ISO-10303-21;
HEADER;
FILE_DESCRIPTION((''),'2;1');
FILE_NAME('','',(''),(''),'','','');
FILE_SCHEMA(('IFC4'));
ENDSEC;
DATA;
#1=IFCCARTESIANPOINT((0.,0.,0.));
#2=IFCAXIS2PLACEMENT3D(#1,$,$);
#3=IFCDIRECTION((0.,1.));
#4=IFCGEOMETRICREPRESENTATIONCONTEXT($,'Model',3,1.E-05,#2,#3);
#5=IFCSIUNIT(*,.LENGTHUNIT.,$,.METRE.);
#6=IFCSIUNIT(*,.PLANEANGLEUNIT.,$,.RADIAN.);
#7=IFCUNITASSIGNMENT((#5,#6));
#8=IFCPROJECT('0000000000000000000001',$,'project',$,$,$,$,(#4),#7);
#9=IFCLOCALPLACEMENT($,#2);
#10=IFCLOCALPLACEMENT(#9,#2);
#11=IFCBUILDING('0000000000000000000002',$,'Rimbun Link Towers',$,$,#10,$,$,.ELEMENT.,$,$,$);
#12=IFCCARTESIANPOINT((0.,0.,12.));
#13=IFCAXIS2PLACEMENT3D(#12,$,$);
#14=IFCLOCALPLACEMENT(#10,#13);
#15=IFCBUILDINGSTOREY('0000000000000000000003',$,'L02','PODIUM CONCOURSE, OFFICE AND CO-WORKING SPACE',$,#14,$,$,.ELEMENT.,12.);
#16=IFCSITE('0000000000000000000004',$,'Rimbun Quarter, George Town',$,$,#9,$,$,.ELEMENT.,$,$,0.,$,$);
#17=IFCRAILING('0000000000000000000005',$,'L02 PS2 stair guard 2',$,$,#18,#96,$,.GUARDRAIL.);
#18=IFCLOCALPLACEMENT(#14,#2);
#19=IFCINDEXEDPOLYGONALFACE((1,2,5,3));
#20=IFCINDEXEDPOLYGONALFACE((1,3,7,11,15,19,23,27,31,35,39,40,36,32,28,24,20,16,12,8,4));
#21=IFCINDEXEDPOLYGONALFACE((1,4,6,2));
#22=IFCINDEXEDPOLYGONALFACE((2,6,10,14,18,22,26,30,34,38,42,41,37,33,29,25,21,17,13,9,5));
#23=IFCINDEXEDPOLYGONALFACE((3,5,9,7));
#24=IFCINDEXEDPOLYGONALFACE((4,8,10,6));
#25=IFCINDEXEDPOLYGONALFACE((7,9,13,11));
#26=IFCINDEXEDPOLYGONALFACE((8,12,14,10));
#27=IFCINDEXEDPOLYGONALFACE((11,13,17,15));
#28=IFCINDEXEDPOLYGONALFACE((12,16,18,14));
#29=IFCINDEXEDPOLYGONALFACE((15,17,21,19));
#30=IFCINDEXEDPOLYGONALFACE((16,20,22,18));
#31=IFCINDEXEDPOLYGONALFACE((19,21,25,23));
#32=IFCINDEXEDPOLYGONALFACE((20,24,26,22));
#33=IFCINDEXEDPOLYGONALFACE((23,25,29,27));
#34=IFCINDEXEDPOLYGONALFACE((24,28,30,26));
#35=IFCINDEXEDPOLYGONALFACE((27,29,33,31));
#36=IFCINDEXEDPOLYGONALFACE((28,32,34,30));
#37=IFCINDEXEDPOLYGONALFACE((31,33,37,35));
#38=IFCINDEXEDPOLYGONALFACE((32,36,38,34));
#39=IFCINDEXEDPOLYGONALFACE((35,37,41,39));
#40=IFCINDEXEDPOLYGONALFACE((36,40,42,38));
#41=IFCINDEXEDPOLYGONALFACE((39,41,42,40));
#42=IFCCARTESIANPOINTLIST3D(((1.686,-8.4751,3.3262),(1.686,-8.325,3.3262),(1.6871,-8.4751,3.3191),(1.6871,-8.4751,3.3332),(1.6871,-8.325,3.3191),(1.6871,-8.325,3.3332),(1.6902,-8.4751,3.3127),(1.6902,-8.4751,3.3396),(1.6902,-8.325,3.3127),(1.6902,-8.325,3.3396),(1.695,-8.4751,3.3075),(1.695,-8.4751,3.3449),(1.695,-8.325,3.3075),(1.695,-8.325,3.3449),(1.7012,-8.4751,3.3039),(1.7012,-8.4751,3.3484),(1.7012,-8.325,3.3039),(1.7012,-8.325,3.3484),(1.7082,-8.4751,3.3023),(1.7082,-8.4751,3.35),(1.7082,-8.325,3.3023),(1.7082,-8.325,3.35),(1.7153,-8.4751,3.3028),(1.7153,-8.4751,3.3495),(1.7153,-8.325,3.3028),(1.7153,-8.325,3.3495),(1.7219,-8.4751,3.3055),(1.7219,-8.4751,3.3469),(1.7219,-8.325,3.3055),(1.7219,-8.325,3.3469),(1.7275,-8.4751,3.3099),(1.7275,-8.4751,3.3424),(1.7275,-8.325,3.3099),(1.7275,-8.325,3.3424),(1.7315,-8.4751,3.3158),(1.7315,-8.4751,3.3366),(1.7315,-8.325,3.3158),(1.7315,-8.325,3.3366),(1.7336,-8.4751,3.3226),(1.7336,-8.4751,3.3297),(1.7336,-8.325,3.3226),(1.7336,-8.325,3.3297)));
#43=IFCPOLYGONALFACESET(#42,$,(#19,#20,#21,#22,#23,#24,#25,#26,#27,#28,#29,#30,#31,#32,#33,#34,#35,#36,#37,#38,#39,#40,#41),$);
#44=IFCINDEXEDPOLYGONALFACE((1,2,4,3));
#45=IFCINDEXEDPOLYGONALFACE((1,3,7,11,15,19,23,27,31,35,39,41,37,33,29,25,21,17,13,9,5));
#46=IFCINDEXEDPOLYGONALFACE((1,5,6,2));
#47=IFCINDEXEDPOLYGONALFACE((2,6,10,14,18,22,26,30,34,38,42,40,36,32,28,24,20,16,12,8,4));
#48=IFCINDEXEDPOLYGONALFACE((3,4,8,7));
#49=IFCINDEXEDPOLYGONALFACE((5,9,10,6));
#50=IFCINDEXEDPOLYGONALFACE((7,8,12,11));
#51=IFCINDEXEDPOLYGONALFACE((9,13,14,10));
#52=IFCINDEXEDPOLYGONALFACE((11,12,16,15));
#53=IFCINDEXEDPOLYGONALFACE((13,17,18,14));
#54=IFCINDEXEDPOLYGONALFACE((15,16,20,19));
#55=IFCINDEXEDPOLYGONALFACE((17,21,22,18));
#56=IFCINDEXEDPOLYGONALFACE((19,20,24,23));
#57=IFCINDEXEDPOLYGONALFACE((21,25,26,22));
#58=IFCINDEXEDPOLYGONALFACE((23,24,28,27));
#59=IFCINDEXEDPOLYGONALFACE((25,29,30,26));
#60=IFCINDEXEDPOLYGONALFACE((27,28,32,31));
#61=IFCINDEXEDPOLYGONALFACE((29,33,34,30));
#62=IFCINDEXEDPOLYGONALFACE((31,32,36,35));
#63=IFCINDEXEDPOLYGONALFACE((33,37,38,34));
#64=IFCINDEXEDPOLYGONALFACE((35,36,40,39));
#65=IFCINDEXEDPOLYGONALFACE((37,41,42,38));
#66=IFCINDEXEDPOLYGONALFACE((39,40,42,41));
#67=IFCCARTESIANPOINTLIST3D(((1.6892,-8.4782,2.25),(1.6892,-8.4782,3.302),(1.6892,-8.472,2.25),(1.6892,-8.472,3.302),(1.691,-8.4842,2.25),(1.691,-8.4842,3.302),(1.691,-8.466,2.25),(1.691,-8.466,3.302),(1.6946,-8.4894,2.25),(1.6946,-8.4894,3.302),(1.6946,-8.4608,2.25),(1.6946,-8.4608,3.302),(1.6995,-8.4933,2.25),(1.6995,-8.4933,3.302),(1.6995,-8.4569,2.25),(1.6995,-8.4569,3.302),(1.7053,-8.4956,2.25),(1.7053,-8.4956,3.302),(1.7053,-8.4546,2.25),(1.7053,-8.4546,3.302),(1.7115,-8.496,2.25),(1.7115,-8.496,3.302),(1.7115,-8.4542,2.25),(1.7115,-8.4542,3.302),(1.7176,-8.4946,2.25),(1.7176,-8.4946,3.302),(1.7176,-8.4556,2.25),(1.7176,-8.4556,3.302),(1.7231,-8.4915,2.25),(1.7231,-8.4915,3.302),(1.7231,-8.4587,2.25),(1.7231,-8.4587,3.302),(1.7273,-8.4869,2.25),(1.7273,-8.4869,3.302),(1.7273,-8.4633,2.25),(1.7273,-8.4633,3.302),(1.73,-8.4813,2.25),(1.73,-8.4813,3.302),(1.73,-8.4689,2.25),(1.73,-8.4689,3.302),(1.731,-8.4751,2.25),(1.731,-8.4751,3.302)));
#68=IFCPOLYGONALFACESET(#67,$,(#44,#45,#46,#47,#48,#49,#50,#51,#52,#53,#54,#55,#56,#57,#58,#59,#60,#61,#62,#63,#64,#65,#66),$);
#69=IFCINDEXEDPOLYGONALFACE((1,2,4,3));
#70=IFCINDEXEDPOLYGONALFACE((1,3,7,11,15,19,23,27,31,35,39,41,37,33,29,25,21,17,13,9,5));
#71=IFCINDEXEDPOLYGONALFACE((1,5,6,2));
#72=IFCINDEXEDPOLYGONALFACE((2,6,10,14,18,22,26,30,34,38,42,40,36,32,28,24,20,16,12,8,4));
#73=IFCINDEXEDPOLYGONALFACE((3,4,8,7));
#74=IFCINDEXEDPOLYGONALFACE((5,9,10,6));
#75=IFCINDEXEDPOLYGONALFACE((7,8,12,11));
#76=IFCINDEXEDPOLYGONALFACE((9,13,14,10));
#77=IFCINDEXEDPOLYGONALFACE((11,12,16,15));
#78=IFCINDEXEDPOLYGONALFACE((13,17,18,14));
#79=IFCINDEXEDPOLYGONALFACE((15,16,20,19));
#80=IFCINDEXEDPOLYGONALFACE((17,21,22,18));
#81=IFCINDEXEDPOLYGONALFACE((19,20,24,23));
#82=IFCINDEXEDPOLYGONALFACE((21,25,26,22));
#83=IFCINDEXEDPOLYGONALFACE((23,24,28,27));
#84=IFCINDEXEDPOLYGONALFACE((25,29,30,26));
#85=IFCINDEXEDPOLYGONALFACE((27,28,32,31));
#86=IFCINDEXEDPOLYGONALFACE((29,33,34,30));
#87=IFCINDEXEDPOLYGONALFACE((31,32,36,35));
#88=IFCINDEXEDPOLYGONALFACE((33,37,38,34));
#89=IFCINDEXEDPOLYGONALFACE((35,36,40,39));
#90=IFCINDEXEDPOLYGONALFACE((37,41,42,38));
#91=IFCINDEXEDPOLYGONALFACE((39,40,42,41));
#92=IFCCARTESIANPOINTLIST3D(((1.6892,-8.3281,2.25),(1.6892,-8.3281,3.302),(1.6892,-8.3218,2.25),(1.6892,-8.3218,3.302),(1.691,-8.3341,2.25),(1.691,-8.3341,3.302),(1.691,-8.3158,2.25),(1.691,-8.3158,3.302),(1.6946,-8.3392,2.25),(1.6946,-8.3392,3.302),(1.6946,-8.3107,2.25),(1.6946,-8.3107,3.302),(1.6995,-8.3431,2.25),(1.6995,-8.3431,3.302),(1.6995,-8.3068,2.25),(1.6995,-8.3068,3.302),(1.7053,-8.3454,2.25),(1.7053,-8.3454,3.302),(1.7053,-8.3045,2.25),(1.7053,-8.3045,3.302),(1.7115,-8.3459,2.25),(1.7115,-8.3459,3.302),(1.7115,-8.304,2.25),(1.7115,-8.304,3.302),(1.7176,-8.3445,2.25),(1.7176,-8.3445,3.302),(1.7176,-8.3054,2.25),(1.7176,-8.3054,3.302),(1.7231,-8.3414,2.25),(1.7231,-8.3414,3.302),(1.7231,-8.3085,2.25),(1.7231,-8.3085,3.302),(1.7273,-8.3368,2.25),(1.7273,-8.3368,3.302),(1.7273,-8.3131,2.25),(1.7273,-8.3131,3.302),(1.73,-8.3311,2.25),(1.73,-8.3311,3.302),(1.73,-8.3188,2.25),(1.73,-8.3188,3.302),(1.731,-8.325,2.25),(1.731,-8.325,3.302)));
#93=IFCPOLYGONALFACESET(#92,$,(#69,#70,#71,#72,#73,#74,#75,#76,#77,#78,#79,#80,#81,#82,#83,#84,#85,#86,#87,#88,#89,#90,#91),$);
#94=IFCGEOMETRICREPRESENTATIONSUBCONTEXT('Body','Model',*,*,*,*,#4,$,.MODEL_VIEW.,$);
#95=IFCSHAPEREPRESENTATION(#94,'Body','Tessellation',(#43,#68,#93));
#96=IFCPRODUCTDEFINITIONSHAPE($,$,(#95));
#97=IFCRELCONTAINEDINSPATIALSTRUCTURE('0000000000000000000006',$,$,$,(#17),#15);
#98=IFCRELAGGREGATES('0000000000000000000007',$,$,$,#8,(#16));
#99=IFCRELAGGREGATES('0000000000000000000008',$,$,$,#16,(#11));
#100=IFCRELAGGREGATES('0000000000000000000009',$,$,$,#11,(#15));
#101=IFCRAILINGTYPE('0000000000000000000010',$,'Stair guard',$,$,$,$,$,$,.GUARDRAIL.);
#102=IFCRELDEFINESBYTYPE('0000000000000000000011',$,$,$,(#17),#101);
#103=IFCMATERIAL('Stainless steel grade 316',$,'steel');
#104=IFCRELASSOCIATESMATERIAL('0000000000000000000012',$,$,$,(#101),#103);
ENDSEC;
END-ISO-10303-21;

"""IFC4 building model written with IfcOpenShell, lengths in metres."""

from ifc_helpers import new_model, si_unit, direction, frame, origin, origin_2d, place, context, subcontext, project, spatial, circle, extrude, material, type_object, element, save


model = new_model("IFC4")

# Units and contexts
model_context = context("Model", 3, precision=1e-05, world=origin(), true_north=direction((0.0, 1.0)))
body_context = subcontext(model_context, "Body", "Model", "MODEL_VIEW")
ifc_project = project(units=[si_unit("LENGTHUNIT", "METRE"), si_unit("PLANEANGLEUNIT", "RADIAN")], contexts=[model_context])

# Site, building, storey
site_placement = place(None, origin())
site = spatial("IfcSite", under=ifc_project, at=site_placement, Name="Rimbun Quarter, George Town", CompositionType="ELEMENT", RefElevation=0.0)
building_placement = place(site_placement, origin())
building = spatial("IfcBuilding", under=site, at=building_placement, Name="Rimbun Link Towers", CompositionType="ELEMENT")
storey_placement = place(building_placement, frame((0.0, 0.0, 12.0)))
storey = spatial("IfcBuildingStorey", under=building, at=storey_placement, Name="L02", Description="PODIUM CONCOURSE, OFFICE AND CO-WORKING SPACE", CompositionType="ELEMENT", Elevation=12.0)

# Railing
ifc_material_1 = material(Name="Stainless steel grade 316", Category="steel")
railing_type_1 = type_object("IfcRailingType", Name="Stair guard", PredefinedType="GUARDRAIL", material=ifc_material_1)
railing_1_placement = place(storey_placement, frame((1.71, -8.4751, 2.25)))
element("IfcRailing", 1, at=railing_1_placement, inside=storey, type_object=railing_type_1, Name="L02 PS2 stair guard 2", PredefinedType="GUARDRAIL", context=body_context, shape_type="SweptSolid", body=[
    extrude(circle(Radius=0.0239, at=origin_2d()), frame((0.0, 0.0, 1.0762), z_axis=(0.0, 1.0, 0.0), x_axis=(-1.0, 0.0, 0.0)), (0.0, 0.0, 1.0), 0.1501),
    extrude(circle(Radius=0.021, at=origin_2d()), origin(), (0.0, 0.0, 1.0), 1.052),
    extrude(circle(Radius=0.021, at=origin_2d()), frame((0.0, 0.1501, 0.0)), (0.0, 0.0, 1.0), 1.052),
])

save(model, "model.ifc")
